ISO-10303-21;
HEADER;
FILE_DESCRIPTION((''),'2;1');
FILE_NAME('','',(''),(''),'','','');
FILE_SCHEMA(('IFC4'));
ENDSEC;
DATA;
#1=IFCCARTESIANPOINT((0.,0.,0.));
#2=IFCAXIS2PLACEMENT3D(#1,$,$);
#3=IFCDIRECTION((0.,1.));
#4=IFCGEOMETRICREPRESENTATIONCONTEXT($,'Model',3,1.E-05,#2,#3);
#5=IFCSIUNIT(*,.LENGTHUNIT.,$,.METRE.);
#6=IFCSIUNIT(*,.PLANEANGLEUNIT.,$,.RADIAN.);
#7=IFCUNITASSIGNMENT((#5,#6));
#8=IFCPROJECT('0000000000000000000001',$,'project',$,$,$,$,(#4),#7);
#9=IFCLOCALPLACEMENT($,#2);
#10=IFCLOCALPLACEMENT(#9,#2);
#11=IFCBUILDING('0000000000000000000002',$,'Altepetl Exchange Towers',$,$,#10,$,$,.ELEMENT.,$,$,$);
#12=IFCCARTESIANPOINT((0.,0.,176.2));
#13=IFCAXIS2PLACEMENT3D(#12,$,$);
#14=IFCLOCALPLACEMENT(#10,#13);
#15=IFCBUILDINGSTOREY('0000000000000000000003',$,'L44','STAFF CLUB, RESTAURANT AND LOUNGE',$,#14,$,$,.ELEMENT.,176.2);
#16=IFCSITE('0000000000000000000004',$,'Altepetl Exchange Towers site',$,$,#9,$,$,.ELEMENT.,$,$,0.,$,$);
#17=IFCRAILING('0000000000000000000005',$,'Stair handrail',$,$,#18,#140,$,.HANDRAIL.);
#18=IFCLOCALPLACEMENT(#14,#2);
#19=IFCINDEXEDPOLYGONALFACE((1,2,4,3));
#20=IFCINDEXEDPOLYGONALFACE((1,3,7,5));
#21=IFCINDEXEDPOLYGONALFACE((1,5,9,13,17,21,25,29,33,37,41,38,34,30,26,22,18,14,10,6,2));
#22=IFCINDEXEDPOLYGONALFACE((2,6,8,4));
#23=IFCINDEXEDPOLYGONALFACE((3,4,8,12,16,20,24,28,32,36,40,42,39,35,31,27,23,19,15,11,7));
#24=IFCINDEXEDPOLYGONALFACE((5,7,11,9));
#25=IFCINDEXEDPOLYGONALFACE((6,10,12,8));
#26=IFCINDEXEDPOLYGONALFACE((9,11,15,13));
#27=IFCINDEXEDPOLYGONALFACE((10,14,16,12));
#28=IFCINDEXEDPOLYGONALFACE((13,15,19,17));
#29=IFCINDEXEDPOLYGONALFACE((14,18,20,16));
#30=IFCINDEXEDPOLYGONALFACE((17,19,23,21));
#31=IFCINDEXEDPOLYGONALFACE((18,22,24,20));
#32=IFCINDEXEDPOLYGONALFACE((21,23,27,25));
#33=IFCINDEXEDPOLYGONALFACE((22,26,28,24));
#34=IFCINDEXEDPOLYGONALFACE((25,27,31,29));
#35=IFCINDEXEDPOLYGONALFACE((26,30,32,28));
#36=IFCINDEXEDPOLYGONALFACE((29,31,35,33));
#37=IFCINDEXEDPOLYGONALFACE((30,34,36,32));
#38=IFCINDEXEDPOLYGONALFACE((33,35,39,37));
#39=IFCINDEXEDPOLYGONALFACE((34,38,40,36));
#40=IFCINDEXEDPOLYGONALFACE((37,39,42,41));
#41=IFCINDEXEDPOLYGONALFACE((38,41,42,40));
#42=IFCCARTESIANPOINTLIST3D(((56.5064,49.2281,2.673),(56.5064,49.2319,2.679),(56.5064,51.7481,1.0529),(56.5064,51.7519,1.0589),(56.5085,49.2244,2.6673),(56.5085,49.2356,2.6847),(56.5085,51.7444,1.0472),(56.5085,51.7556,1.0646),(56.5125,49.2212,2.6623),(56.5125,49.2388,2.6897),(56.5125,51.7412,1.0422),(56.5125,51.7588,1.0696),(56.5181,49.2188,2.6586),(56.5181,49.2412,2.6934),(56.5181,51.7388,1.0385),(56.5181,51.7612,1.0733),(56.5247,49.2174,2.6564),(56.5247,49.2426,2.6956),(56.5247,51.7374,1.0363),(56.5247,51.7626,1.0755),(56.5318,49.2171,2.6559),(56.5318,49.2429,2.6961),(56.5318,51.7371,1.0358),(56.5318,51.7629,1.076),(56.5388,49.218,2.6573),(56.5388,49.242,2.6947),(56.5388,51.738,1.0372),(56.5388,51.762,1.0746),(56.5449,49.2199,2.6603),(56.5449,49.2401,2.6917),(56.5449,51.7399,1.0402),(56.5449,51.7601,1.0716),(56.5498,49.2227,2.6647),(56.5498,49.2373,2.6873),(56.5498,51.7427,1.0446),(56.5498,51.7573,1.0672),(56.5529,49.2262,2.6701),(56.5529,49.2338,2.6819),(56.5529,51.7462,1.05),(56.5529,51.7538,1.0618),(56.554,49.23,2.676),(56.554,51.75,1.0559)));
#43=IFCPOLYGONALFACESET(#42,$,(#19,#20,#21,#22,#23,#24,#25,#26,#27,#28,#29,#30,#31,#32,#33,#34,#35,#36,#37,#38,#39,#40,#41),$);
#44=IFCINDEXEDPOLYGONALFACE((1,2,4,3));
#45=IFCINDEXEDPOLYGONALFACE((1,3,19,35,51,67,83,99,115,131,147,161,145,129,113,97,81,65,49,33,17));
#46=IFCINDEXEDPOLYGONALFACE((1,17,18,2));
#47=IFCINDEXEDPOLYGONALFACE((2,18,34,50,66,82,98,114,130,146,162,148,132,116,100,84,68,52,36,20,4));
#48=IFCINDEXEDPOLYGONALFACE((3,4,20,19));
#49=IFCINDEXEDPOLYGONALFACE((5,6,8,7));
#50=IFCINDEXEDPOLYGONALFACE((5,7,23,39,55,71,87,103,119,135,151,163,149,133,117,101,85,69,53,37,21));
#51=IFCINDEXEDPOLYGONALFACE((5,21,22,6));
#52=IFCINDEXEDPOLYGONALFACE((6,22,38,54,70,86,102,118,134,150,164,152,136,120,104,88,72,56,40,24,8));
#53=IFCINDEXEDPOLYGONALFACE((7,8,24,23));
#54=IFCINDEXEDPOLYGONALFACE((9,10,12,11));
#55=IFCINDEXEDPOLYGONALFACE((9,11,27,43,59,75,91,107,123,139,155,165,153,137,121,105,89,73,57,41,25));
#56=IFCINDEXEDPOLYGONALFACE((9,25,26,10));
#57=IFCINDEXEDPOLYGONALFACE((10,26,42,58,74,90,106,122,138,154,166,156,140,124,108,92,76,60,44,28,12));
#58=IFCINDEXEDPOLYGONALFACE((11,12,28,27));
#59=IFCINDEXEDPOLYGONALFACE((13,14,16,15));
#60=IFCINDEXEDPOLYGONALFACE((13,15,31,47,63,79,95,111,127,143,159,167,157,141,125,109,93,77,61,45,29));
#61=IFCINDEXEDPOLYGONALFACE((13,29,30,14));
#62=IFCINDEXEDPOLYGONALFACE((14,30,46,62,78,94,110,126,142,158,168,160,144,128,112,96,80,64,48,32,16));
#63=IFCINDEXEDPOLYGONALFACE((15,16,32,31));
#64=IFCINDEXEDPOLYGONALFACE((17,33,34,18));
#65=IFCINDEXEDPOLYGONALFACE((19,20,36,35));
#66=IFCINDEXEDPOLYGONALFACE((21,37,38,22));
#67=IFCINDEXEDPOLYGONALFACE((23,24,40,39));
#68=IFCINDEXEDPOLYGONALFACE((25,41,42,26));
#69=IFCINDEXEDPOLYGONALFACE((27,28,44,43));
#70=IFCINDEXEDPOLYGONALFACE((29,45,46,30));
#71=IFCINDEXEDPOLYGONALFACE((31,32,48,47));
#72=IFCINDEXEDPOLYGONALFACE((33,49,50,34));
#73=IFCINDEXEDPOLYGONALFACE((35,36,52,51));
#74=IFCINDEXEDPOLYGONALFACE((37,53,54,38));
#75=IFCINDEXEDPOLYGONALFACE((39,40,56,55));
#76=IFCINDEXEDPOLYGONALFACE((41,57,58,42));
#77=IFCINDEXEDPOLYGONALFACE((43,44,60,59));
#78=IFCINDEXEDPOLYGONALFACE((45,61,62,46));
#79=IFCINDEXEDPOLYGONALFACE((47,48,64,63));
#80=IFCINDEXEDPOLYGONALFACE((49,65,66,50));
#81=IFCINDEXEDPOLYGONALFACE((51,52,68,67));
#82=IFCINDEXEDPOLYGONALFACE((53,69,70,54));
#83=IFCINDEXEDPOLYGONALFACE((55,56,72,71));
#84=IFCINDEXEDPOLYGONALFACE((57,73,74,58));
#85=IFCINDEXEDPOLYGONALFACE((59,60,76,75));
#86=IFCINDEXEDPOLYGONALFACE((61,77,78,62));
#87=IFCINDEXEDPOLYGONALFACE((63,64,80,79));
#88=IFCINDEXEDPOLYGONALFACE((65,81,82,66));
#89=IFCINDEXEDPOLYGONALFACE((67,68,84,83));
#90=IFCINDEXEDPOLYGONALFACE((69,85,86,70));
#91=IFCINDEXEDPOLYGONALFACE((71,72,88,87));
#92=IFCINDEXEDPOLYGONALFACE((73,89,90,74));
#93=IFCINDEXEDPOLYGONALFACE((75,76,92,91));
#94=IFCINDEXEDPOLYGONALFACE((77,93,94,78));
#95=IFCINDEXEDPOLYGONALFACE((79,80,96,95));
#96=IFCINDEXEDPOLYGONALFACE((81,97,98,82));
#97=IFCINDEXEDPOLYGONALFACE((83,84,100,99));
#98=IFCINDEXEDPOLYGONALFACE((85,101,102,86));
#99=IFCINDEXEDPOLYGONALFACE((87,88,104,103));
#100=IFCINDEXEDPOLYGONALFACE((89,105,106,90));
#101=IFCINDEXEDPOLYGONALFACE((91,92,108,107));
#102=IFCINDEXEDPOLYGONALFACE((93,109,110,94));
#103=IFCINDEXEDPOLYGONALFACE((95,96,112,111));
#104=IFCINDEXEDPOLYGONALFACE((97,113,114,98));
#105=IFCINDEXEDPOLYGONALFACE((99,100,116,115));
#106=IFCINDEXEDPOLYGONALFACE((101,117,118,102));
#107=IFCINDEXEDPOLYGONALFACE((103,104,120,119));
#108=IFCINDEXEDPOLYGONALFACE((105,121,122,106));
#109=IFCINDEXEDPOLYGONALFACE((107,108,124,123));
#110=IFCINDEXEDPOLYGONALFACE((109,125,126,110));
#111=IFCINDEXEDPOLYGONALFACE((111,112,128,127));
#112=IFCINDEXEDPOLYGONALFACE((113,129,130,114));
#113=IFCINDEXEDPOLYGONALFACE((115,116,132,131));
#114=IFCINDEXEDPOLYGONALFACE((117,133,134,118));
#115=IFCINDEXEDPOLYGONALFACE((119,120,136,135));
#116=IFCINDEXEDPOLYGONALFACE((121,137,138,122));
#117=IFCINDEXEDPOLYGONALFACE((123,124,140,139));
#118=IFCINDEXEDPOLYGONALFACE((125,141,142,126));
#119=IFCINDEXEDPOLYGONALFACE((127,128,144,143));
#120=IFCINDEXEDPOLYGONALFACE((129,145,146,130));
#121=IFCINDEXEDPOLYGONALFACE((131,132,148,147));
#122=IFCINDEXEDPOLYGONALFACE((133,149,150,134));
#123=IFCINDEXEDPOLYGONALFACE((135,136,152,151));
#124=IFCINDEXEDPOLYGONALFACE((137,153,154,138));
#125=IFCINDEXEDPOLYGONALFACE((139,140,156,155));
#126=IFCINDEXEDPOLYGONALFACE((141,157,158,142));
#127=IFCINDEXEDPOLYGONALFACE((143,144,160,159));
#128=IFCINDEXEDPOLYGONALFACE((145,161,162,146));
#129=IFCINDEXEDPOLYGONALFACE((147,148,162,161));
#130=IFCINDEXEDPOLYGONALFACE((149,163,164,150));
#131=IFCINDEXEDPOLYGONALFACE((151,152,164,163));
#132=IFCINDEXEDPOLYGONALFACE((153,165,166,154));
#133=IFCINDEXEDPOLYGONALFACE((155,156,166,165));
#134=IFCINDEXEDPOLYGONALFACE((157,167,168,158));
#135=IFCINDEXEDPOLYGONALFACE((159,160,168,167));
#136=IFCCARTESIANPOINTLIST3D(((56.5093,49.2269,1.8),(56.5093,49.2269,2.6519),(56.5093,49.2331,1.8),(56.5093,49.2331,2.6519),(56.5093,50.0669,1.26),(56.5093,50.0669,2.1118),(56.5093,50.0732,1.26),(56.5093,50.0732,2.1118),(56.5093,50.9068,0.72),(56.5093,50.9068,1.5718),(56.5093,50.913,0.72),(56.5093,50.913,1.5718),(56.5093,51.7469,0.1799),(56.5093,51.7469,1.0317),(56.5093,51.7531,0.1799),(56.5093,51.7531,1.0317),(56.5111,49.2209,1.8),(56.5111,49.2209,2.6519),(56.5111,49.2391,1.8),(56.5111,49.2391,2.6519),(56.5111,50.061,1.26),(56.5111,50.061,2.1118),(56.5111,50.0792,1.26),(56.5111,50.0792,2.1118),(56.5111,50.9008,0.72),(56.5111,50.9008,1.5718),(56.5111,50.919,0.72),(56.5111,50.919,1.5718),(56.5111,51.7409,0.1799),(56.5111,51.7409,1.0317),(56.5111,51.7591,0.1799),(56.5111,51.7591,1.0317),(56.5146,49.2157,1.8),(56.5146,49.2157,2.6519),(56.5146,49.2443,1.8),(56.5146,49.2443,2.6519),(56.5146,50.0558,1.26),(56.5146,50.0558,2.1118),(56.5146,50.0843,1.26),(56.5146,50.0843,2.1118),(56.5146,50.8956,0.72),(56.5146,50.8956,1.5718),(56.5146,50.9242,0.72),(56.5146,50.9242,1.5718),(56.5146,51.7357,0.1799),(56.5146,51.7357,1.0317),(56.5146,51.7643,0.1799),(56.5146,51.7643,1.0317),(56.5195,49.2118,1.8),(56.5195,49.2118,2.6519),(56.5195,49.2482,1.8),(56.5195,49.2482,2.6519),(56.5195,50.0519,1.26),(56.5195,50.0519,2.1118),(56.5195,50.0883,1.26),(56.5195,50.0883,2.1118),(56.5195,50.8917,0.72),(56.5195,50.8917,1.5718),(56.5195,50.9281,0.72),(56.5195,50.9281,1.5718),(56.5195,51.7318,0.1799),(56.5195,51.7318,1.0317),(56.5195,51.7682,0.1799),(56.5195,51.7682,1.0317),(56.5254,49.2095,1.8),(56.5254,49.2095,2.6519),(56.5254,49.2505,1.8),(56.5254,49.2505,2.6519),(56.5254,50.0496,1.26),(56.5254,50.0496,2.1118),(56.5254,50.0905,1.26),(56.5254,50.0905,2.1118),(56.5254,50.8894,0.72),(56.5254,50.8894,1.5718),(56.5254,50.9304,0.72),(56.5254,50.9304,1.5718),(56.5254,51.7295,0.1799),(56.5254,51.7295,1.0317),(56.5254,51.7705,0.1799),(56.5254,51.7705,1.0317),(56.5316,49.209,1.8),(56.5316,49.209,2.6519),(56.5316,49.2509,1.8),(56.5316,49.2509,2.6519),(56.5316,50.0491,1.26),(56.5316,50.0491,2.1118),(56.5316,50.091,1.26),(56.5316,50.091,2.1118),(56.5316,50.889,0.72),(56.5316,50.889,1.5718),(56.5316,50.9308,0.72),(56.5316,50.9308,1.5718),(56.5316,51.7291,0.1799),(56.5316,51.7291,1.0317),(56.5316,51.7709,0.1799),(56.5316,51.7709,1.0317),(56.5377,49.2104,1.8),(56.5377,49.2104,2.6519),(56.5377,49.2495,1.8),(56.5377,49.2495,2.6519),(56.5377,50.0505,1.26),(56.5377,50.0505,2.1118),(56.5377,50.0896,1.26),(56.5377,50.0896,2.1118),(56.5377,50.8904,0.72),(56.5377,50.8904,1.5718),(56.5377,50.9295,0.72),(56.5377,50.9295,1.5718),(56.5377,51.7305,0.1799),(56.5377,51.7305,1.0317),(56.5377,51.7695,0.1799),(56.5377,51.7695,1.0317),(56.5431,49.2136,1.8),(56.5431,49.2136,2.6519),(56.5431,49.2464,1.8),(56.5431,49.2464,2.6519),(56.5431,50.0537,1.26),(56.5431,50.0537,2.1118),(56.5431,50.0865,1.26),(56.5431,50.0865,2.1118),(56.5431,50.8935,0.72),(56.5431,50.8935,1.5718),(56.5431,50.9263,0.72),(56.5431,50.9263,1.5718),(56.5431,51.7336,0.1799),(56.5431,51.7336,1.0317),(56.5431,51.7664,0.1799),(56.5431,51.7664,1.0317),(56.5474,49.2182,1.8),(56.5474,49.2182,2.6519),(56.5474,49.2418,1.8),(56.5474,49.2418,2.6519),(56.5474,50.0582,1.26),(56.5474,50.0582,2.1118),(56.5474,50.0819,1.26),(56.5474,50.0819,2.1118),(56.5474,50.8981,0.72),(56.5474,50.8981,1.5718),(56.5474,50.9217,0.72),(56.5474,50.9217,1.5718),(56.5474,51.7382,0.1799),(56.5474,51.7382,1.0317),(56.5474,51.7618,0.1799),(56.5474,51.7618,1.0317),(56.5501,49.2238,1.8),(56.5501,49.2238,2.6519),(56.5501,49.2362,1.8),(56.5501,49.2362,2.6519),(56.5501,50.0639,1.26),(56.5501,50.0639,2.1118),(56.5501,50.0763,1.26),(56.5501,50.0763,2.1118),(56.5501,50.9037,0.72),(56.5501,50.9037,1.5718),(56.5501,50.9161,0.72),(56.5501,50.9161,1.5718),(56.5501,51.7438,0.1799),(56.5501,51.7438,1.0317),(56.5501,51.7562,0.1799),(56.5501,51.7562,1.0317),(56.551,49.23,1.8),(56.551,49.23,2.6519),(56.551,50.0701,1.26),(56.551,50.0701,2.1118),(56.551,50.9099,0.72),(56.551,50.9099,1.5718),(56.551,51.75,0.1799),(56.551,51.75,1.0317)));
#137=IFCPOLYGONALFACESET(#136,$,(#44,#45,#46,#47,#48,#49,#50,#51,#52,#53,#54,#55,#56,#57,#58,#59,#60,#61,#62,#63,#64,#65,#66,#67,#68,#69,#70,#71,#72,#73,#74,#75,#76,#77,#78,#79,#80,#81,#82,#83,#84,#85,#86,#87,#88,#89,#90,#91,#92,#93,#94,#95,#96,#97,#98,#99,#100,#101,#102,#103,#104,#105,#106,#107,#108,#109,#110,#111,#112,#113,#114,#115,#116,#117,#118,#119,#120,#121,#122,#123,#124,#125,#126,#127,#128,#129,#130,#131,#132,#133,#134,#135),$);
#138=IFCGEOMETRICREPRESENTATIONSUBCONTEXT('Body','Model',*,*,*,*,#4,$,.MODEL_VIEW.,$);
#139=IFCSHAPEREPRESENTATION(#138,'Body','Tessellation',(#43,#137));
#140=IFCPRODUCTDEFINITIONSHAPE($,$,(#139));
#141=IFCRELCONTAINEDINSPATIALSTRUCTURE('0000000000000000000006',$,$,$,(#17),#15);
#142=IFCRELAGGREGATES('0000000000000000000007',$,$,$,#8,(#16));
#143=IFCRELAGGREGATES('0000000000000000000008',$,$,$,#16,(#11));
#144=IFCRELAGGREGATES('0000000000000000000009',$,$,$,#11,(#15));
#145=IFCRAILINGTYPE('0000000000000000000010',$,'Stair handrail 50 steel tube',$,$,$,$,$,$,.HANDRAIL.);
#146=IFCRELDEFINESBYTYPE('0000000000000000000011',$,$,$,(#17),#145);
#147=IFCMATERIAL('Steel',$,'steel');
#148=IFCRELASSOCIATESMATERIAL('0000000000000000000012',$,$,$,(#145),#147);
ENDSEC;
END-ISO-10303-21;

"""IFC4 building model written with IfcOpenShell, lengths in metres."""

from ifc_helpers import new_model, si_unit, direction, frame, origin, origin_2d, place, context, subcontext, project, spatial, circle, extrude, source, transform, mapped, material, type_object, element, save


model = new_model("IFC4")

# Units and contexts
model_context = context("Model", 3, precision=1e-05, world=origin(), true_north=direction((0.0, 1.0)))
body_context = subcontext(model_context, "Body", "Model", "MODEL_VIEW")
ifc_project = project(units=[si_unit("LENGTHUNIT", "METRE"), si_unit("PLANEANGLEUNIT", "RADIAN")], contexts=[model_context])

# Site, building, storey
site_placement = place(None, origin())
site = spatial("IfcSite", under=ifc_project, at=site_placement, Name="Altepetl Exchange Towers site", CompositionType="ELEMENT", RefElevation=0.0)
building_placement = place(site_placement, origin())
building = spatial("IfcBuilding", under=site, at=building_placement, Name="Altepetl Exchange Towers", CompositionType="ELEMENT")
storey_placement = place(building_placement, frame((0.0, 0.0, 176.2)))
storey = spatial("IfcBuildingStorey", under=building, at=storey_placement, Name="L44", Description="STAFF CLUB, RESTAURANT AND LOUNGE", CompositionType="ELEMENT", Elevation=176.2)

# Railing
ifc_material_1 = material(Name="Steel", Category="steel")
railing_type = type_object("IfcRailingType", Name="Stair handrail 50 steel tube", PredefinedType="HANDRAIL", material=ifc_material_1)
shared_shape = source(origin(), body_context, "Body", "SweptSolid", [
    extrude(circle(Radius=0.021, at=origin_2d()), origin(), (0.0, 0.0, 1.0), 0.8518),
])
railing_1_placement = place(storey_placement, frame((56.53, 51.75, 0.1799)))
element("IfcRailing", 1, at=railing_1_placement, inside=storey, type_object=railing_type, Name="Stair handrail", PredefinedType="HANDRAIL", context=body_context, shape_type="SweptSolid", body=[
    extrude(circle(Radius=0.0239, at=origin_2d()), frame((0.0, 0.0, 0.876), z_axis=(0.0, -0.841163, 0.540782), x_axis=(1.0, 0.0, 0.0)), (0.0, 0.0, 1.0), 2.9958),
    mapped(shared_shape, transform((0.0, 0.0, 0.0))),
    mapped(shared_shape, transform((0.0, -0.8401, 0.54))),
    mapped(shared_shape, transform((0.0, -1.6799, 1.0801))),
    mapped(shared_shape, transform((0.0, -2.52, 1.6201))),
])

save(model, "model.ifc")
